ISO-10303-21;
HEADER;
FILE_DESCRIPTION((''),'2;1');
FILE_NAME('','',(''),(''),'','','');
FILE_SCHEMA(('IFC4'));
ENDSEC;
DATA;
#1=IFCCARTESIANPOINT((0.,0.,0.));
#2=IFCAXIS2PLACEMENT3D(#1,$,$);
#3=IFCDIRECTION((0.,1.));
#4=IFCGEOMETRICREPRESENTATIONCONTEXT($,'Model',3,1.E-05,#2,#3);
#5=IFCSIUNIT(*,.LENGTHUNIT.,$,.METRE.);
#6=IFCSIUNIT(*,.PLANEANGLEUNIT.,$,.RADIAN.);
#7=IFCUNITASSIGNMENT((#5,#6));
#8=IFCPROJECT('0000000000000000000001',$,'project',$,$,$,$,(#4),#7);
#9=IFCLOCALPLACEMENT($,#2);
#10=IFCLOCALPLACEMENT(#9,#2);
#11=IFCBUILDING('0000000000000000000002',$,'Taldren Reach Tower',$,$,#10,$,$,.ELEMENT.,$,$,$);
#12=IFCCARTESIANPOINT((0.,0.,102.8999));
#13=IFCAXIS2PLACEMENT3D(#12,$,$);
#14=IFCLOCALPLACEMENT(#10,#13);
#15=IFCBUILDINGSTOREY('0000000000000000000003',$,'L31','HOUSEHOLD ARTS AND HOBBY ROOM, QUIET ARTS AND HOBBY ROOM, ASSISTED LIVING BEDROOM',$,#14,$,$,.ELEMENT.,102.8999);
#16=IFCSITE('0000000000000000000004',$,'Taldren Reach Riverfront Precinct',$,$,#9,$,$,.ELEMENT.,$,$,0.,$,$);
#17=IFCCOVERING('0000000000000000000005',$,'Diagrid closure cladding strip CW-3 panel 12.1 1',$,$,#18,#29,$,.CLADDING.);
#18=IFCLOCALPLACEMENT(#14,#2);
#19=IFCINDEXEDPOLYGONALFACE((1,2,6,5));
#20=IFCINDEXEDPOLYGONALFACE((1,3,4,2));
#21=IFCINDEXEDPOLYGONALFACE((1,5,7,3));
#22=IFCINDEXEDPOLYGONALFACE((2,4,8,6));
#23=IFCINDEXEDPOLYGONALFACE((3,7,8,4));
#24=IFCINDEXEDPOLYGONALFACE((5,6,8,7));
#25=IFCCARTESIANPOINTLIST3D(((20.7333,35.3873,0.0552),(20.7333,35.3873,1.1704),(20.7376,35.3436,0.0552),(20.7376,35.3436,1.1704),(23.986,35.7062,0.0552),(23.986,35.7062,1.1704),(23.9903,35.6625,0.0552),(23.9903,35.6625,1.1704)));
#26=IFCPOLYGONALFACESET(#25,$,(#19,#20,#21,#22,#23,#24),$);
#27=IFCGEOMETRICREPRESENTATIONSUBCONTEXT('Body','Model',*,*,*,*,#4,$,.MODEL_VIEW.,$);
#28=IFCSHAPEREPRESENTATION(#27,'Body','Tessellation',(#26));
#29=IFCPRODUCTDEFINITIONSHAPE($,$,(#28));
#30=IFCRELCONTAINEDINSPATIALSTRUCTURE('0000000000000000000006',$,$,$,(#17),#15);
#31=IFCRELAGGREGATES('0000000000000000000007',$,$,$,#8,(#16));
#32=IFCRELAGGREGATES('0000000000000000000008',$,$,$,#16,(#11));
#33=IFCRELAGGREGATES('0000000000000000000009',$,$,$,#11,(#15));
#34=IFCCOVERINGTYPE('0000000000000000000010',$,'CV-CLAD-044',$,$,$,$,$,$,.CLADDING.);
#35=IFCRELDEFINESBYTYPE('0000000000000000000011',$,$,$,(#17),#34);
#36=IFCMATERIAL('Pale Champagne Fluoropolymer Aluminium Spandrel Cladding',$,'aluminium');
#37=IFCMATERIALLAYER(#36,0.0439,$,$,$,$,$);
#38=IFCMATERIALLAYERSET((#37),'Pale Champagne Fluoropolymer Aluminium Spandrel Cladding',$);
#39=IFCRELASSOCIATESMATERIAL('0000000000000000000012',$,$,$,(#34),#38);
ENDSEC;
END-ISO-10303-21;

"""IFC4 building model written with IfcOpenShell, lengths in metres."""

from ifc_helpers import new_model, si_unit, direction, frame, origin, origin_2d, place, context, subcontext, project, spatial, rectangle, extrude, source, transform, mapped, material, layer, layer_set, type_object, element, save


model = new_model("IFC4")

# Units and contexts
model_context = context("Model", 3, precision=1e-05, world=origin(), true_north=direction((0.0, 1.0)))
body_context = subcontext(model_context, "Body", "Model", "MODEL_VIEW")
ifc_project = project(units=[si_unit("LENGTHUNIT", "METRE"), si_unit("PLANEANGLEUNIT", "RADIAN")], contexts=[model_context])

# Site, building, storey
site_placement = place(None, origin())
site = spatial("IfcSite", under=ifc_project, at=site_placement, Name="Taldren Reach Riverfront Precinct", CompositionType="ELEMENT", RefElevation=0.0)
building_placement = place(site_placement, origin())
building = spatial("IfcBuilding", under=site, at=building_placement, Name="Taldren Reach Tower", CompositionType="ELEMENT")
storey_placement = place(building_placement, frame((0.0, 0.0, 102.8999)))
storey = spatial("IfcBuildingStorey", under=building, at=storey_placement, Name="L31", Description="HOUSEHOLD ARTS AND HOBBY ROOM, QUIET ARTS AND HOBBY ROOM, ASSISTED LIVING BEDROOM", CompositionType="ELEMENT", Elevation=102.8999)

# Covering
ifc_material_1 = material(Name="Pale Champagne Fluoropolymer Aluminium Spandrel Cladding", Category="aluminium")
ifc_layer_1 = layer(ifc_material_1, 0.0439)
ifc_layer_set_1 = layer_set([ifc_layer_1], Name="Pale Champagne Fluoropolymer Aluminium Spandrel Cladding")
covering_type = type_object("IfcCoveringType", Name="CV-CLAD-044", PredefinedType="CLADDING", material=ifc_layer_set_1)
shared_shape_1 = source(origin(), body_context, "Body", "SweptSolid", [
    extrude(rectangle(XDim=3.2683, YDim=0.0439, at=origin_2d()), origin(), (0.0, 0.0, 1.0), 1.1152),
])
covering_1_placement = place(storey_placement, frame((22.3618, 35.5249, 0.0552), z_axis=(0.0, 0.0, 1.0), x_axis=(-0.995227, -0.097583, 0.0)))
element("IfcCovering", 1, at=covering_1_placement, inside=storey, type_object=covering_type, Name="Diagrid closure cladding strip CW-3 panel 12.1 1", PredefinedType="CLADDING", context=body_context, shape_type="MappedRepresentation", body=[
    mapped(shared_shape_1, transform((0.0, 0.0, 0.0), scale=1.0)),
])

save(model, "model.ifc")
